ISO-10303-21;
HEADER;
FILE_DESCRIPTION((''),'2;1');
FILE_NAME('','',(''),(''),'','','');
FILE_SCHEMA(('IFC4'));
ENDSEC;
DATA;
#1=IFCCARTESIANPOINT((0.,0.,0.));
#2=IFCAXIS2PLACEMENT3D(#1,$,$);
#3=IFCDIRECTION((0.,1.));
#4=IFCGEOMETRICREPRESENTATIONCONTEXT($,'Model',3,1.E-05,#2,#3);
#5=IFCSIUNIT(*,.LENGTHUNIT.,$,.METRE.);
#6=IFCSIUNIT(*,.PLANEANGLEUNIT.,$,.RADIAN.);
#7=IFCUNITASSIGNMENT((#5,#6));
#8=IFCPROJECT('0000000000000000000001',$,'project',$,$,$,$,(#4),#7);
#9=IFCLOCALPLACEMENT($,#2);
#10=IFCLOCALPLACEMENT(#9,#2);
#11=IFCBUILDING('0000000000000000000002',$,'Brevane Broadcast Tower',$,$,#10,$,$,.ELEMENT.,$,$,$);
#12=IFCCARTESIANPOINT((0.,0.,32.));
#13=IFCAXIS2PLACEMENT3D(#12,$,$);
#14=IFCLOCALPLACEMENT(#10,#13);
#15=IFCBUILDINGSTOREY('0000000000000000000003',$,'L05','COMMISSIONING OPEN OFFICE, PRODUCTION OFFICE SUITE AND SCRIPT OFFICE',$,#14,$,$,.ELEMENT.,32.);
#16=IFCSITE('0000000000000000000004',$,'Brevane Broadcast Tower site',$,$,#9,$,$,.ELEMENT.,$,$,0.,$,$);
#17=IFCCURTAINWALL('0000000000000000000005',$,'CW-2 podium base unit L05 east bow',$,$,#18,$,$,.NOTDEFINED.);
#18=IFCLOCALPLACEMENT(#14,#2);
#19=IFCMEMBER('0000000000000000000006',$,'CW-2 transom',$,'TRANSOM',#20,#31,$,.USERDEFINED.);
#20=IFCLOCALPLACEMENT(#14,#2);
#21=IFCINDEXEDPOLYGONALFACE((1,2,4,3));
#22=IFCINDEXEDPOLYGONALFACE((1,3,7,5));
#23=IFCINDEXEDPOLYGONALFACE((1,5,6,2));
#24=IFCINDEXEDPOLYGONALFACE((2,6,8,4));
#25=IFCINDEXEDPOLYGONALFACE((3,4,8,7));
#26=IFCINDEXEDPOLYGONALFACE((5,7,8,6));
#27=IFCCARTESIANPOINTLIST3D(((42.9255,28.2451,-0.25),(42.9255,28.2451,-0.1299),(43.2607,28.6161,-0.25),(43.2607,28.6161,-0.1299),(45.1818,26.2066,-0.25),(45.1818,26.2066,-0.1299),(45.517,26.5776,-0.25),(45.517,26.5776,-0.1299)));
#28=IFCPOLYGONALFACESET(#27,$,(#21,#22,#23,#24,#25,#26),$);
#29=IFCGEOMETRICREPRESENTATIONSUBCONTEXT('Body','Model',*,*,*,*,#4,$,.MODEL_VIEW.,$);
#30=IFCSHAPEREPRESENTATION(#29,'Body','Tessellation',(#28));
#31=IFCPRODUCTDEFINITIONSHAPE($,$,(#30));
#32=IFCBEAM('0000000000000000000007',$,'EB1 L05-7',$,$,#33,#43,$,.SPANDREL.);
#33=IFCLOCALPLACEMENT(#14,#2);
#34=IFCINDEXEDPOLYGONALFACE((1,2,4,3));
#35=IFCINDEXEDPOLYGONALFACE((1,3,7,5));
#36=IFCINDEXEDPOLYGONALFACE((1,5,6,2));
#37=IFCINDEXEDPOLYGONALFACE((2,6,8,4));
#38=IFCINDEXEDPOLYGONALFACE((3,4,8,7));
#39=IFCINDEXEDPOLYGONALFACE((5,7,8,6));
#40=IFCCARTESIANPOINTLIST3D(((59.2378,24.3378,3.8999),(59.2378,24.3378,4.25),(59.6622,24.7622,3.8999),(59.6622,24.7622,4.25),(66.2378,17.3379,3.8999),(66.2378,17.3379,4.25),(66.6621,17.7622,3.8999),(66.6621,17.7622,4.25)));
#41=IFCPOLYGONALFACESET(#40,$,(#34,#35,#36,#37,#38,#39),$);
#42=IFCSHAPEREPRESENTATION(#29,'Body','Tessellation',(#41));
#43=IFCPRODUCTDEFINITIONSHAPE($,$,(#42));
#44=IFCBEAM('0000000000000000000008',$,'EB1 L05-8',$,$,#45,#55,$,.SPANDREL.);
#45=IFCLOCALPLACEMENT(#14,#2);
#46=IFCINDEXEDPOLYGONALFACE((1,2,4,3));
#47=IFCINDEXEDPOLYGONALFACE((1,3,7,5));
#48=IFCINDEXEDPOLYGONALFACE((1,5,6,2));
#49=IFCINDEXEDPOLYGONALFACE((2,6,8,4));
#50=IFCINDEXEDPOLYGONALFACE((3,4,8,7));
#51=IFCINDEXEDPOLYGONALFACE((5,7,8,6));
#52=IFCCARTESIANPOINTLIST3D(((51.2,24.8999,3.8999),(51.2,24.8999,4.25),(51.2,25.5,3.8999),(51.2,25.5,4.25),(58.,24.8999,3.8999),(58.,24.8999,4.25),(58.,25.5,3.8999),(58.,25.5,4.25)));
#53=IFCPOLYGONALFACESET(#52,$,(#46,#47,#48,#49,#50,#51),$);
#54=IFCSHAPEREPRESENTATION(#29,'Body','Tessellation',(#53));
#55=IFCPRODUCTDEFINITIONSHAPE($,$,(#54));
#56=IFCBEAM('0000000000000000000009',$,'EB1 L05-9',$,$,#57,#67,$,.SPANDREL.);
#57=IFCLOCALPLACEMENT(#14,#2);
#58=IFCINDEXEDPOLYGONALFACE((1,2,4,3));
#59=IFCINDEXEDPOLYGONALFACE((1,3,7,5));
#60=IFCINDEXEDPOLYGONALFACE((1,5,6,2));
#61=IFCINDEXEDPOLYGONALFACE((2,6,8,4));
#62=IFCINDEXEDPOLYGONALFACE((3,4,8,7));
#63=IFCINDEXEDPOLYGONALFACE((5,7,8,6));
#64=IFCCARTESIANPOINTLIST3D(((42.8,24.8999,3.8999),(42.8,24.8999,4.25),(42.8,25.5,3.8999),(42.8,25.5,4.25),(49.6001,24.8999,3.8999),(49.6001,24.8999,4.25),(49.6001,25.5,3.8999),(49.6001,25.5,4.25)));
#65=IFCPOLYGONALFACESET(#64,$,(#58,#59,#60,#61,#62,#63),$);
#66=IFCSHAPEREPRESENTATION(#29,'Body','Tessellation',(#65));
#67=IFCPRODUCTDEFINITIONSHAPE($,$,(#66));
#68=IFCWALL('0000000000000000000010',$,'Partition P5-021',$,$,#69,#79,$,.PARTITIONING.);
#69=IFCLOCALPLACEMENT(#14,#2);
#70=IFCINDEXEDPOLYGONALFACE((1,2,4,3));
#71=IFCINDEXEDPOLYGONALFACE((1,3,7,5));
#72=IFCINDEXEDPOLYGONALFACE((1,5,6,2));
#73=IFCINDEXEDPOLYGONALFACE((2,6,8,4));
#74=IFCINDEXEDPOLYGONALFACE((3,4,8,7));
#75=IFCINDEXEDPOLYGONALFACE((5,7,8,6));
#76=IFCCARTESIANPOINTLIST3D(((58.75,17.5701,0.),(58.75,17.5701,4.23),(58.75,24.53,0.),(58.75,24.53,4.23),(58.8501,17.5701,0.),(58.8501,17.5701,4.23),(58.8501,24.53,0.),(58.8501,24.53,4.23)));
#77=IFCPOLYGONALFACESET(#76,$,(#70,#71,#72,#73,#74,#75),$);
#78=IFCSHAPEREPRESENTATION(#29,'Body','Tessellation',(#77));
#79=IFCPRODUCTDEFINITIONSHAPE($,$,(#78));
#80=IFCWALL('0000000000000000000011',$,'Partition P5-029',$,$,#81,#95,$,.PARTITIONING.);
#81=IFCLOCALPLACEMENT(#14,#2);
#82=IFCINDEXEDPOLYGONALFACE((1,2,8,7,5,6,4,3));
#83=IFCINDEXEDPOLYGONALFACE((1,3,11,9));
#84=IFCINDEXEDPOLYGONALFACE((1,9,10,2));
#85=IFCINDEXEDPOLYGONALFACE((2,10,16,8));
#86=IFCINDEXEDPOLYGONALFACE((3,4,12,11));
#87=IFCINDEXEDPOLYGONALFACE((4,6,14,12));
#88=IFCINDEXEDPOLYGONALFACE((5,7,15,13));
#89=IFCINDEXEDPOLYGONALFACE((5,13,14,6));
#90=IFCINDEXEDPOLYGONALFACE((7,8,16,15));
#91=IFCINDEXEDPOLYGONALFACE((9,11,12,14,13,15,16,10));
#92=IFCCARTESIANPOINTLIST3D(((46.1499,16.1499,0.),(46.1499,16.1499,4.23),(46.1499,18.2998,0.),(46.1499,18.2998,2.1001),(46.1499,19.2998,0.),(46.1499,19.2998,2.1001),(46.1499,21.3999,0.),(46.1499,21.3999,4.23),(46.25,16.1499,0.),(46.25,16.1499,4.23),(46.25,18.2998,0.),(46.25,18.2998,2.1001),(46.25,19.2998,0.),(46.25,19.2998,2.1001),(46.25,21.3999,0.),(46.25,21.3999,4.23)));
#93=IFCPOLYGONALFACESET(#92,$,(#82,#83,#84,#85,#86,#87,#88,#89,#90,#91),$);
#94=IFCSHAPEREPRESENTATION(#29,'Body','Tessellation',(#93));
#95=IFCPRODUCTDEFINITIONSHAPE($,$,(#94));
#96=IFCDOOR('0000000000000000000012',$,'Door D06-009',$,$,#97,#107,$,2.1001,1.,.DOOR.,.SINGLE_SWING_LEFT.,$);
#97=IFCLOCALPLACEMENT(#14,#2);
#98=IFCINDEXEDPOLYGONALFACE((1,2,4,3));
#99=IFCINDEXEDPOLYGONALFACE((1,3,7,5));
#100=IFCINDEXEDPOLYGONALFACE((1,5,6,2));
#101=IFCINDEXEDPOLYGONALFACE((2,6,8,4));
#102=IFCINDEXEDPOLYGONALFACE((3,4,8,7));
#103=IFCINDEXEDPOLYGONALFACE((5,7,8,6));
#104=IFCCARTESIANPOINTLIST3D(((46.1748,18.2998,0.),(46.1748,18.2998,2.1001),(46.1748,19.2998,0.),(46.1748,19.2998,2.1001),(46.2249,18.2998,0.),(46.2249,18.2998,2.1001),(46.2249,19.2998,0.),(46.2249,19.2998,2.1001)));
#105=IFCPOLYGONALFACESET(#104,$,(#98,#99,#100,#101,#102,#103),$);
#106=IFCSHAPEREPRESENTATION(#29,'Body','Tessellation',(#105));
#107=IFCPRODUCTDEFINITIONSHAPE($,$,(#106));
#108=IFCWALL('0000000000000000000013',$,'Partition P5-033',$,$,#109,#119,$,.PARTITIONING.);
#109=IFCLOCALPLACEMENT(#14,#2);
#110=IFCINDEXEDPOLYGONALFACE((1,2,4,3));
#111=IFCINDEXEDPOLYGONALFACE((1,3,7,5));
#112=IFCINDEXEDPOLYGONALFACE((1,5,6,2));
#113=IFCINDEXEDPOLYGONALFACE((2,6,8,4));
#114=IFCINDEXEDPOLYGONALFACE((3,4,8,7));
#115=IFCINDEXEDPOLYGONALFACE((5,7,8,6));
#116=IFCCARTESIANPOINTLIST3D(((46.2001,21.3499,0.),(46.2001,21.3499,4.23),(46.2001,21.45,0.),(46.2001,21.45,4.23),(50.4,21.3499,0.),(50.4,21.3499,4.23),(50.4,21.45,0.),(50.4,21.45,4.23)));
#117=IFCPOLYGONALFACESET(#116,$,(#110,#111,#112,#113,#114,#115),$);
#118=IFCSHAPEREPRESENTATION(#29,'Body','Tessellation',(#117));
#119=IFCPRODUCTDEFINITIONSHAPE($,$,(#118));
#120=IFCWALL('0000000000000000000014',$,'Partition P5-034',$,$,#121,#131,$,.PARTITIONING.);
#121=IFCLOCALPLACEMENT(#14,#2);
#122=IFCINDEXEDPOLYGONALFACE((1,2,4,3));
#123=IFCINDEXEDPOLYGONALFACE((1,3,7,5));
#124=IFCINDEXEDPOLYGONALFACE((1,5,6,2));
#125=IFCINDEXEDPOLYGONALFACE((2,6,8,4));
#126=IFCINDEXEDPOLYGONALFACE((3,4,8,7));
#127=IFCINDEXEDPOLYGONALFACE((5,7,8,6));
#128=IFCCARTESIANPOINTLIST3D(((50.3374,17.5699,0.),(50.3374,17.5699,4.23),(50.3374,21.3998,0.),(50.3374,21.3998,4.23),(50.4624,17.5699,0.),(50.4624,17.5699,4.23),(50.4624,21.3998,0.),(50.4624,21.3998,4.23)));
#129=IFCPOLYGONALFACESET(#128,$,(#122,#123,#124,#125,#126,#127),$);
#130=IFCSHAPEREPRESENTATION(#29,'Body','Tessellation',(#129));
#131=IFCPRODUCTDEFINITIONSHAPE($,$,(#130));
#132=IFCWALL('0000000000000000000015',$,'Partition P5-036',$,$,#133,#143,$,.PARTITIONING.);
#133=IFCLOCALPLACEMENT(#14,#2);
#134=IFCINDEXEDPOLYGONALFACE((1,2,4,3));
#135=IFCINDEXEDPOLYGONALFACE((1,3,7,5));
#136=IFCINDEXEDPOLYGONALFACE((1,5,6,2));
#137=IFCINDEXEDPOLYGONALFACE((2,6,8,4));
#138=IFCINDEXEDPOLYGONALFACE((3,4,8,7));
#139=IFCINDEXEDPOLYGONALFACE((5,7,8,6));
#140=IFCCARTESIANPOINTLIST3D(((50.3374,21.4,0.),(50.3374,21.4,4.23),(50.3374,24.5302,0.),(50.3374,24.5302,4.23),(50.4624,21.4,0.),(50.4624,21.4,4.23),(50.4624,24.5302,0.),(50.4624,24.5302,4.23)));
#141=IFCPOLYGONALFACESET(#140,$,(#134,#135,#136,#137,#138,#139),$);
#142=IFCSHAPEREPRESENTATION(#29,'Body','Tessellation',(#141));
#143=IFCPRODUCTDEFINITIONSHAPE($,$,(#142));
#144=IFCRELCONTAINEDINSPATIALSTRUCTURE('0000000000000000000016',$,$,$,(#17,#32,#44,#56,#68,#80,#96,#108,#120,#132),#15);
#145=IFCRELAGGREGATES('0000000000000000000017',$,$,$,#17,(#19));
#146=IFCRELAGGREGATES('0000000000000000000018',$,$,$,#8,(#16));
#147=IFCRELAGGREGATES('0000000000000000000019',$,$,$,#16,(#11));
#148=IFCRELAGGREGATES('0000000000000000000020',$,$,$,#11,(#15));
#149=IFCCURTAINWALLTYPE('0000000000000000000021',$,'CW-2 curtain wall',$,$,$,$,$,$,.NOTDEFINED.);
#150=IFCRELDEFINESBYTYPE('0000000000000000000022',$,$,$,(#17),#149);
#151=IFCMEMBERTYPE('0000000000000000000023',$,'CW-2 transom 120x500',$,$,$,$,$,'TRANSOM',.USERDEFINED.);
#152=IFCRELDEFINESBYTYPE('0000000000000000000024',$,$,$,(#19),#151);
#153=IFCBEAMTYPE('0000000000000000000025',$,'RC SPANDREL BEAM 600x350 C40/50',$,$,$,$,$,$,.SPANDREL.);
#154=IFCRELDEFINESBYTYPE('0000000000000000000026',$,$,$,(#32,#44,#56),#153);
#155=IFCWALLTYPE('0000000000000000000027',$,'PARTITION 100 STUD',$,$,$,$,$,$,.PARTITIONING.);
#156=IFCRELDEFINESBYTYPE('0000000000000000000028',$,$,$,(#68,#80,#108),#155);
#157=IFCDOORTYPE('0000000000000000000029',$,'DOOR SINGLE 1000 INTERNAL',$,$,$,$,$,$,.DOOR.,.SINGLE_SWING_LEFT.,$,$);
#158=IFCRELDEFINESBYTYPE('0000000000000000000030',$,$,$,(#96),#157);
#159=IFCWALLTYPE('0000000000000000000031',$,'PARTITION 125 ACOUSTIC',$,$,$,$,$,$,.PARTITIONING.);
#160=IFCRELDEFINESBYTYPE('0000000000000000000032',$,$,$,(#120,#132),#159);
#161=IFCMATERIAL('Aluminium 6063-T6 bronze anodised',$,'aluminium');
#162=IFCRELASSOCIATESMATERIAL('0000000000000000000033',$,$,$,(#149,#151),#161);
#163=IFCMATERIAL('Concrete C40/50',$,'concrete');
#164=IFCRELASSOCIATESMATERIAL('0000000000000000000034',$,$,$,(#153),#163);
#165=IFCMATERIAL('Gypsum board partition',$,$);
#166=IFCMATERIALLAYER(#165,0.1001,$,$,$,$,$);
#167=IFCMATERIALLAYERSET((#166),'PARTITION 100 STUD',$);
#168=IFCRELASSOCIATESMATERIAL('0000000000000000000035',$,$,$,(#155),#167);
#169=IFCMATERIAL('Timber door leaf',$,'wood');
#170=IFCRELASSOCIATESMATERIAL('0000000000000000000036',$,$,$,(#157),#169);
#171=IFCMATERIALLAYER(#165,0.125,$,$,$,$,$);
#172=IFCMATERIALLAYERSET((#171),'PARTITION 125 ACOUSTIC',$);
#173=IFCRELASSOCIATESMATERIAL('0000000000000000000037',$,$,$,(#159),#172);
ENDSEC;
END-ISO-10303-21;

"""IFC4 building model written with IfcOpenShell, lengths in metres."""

from ifc_helpers import new_model, si_unit, direction, frame, frame_2d, origin, origin_2d, place, context, subcontext, project, spatial, rectangle, extrude, material, layer, layer_set, material_profile, profile_set, type_object, element, fill, aggregate, save


model = new_model("IFC4")

# Units and contexts
model_context = context("Model", 3, precision=1e-05, world=origin(), true_north=direction((0.0, 1.0)))
body_context = subcontext(model_context, "Body", "Model", "MODEL_VIEW")
ifc_project = project(units=[si_unit("LENGTHUNIT", "METRE"), si_unit("PLANEANGLEUNIT", "RADIAN")], contexts=[model_context])

# Site, building, storey
site_placement = place(None, origin())
site = spatial("IfcSite", under=ifc_project, at=site_placement, Name="Brevane Broadcast Tower site", CompositionType="ELEMENT", RefElevation=0.0)
building_placement = place(site_placement, origin())
building = spatial("IfcBuilding", under=site, at=building_placement, Name="Brevane Broadcast Tower", CompositionType="ELEMENT")
storey_placement = place(building_placement, frame((0.0, 0.0, 32.0)))
storey = spatial("IfcBuildingStorey", under=building, at=storey_placement, Name="L05", Description="COMMISSIONING OPEN OFFICE, PRODUCTION OFFICE SUITE AND SCRIPT OFFICE", CompositionType="ELEMENT", Elevation=32.0)

# Shared definitions
ifc_material_1 = material(Name="Aluminium 6063-T6 bronze anodised", Category="aluminium")
curtain_wall_type = type_object("IfcCurtainWallType", Name="CW-2 curtain wall", PredefinedType="NOTDEFINED", material=ifc_material_1)

# Shared definitions
ifc_material_profile_1 = material_profile(ifc_material_1, rectangle(XDim=0.5, YDim=0.1201, at=origin_2d()), Name="RECT 120x500")
ifc_profile_set_1 = profile_set([ifc_material_profile_1], Name="Aluminium 6063-T6 bronze anodised")
member_type_1 = type_object("IfcMemberType", Name="CW-2 transom 120x500", ElementType="TRANSOM", PredefinedType="USERDEFINED", material=ifc_profile_set_1)

# Curtain wall, member
curtain_wall_1_placement = place(storey_placement, origin())
curtain_wall_1 = element("IfcCurtainWall", 1, at=curtain_wall_1_placement, inside=storey, type_object=curtain_wall_type, Name="CW-2 podium base unit L05 east bow", PredefinedType="NOTDEFINED")
member_1_placement = place(storey_placement, frame((45.3494, 26.3921, -0.1899), z_axis=(-0.742007, 0.670392, 0.0), x_axis=(-0.670392, -0.742007, 0.0)))
member_1 = element("IfcMember", 2, at=member_1_placement, type_object=member_type_1, Name="CW-2 transom", ObjectType="TRANSOM", PredefinedType="USERDEFINED", context=body_context, shape_type="SweptSolid", body=[
    extrude(rectangle(XDim=0.5, YDim=0.1201, at=origin_2d()), origin(), (0.0, 0.0, 1.0), 3.0408),
])
aggregate(curtain_wall_1, [member_1])

# Beams
ifc_material_2 = material(Name="Concrete C40/50", Category="concrete")
ifc_material_profile_2 = material_profile(ifc_material_2, rectangle(XDim=0.6001, YDim=0.3501, at=origin_2d()), Name="RC 600x350")
ifc_profile_set_2 = profile_set([ifc_material_profile_2], Name="Concrete C40/50")
beam_type = type_object("IfcBeamType", Name="RC SPANDREL BEAM 600x350 C40/50", PredefinedType="SPANDREL", material=ifc_profile_set_2)
beam_placement = place(storey_placement, frame((66.45, 17.55, 4.075), z_axis=(-0.707107, 0.707107, 0.0), x_axis=(-0.707107, -0.707107, 0.0)))
element("IfcBeam", 3, at=beam_placement, inside=storey, type_object=beam_type, Name="EB1 L05-7", PredefinedType="SPANDREL", context=body_context, shape_type="SweptSolid", body=[
    extrude(rectangle(XDim=0.6001, YDim=0.3501, at=origin_2d()), origin(), (0.0, 0.0, 1.0), 9.8994),
])
for number, where, z_axis, x_axis, name in (
    (4, (58.0, 25.2, 4.075), (-1.0, 0.0, 0.0), (0.0, -1.0, 0.0), "EB1 L05-8"),
    (5, (49.6001, 25.2, 4.075), (-1.0, 0.0, 0.0), (0.0, -1.0, 0.0), "EB1 L05-9"),
):
    element("IfcBeam", number, at=place(storey_placement, frame(where, z_axis=z_axis, x_axis=x_axis)), inside=storey, type_object=beam_type, Name=name, PredefinedType="SPANDREL", context=body_context, shape_type="SweptSolid", body=[
        extrude(rectangle(XDim=0.6001, YDim=0.3501, at=origin_2d()), origin(), (0.0, 0.0, 1.0), 6.8),
    ])

# Wall
ifc_material_3 = material(Name="Gypsum board partition")
ifc_layer_1 = layer(ifc_material_3, 0.1001)
ifc_layer_set_1 = layer_set([ifc_layer_1], Name="PARTITION 100 STUD")
wall_type_1 = type_object("IfcWallType", Name="PARTITION 100 STUD", PredefinedType="PARTITIONING", material=ifc_layer_set_1)
wall_1_placement = place(storey_placement, frame((58.8, 17.5701, 0.0), z_axis=(0.0, 0.0, 1.0), x_axis=(0.0, 1.0, 0.0)))
element("IfcWall", 6, at=wall_1_placement, inside=storey, type_object=wall_type_1, Name="Partition P5-021", PredefinedType="PARTITIONING", context=body_context, shape_type="SweptSolid", body=[
    extrude(rectangle(XDim=6.96, YDim=0.1001, at=frame_2d((3.48, 0.0))), origin(), (0.0, 0.0, 1.0), 4.23),
])

# Wall, opening, door
wall_2_placement = place(storey_placement, frame((46.2, 21.3999, 0.0), z_axis=(0.0, 0.0, 1.0), x_axis=(0.0, -1.0, 0.0)))
wall_2 = element("IfcWall", 7, at=wall_2_placement, inside=storey, type_object=wall_type_1, Name="Partition P5-029", PredefinedType="PARTITIONING", context=body_context, shape_type="SweptSolid", body=[
    extrude(rectangle(XDim=5.25, YDim=0.1001, at=frame_2d((2.625, 0.0))), origin(), (0.0, 0.0, 1.0), 4.23),
])
opening_placement = place(wall_2_placement, frame((2.1001, 0.0, 0.0)))
opening = element("IfcOpeningElement", 8, at=opening_placement, cuts=wall_2, PredefinedType="OPENING", context=body_context, shape_type="SweptSolid", body=[
    extrude(rectangle(XDim=1.0, YDim=2.1001, at=frame_2d((0.5, 1.05))), frame((0.0, 0.0601, 0.0), z_axis=(0.0, -1.0, 0.0), x_axis=(1.0, 0.0, 0.0)), (0.0, 0.0, 1.0), 0.1201),
])
ifc_material_4 = material(Name="Timber door leaf", Category="wood")
door_type = type_object("IfcDoorType", Name="DOOR SINGLE 1000 INTERNAL", OperationType="SINGLE_SWING_LEFT", PredefinedType="DOOR", material=ifc_material_4)
door_placement = place(opening_placement, origin())
door = element("IfcDoor", 9, at=door_placement, inside=storey, type_object=door_type, Name="Door D06-009", OperationType="SINGLE_SWING_LEFT", OverallHeight=2.1001, OverallWidth=1.0, PredefinedType="DOOR", context=body_context, shape_type="SweptSolid", body=[
    extrude(rectangle(XDim=1.0, YDim=2.1001, at=frame_2d((0.5, 1.05))), frame((0.0, 0.0249, 0.0), z_axis=(0.0, -1.0, 0.0), x_axis=(1.0, 0.0, 0.0)), (0.0, 0.0, 1.0), 0.05),
])
fill(opening, door)

# Walls
wall_3_placement = place(storey_placement, frame((46.2, 21.3999, 0.0), z_axis=(0.0, 0.0, 1.0), x_axis=(1.0, 0.0, 0.0)))
element("IfcWall", 10, at=wall_3_placement, inside=storey, type_object=wall_type_1, Name="Partition P5-033", PredefinedType="PARTITIONING", context=body_context, shape_type="SweptSolid", body=[
    extrude(rectangle(XDim=4.2, YDim=0.1001, at=frame_2d((2.1001, 0.0))), origin(), (0.0, 0.0, 1.0), 4.23),
])
ifc_layer_2 = layer(ifc_material_3, 0.125)
ifc_layer_set_2 = layer_set([ifc_layer_2], Name="PARTITION 125 ACOUSTIC")
wall_type_2 = type_object("IfcWallType", Name="PARTITION 125 ACOUSTIC", PredefinedType="PARTITIONING", material=ifc_layer_set_2)
wall_4_placement = place(storey_placement, frame((50.3999, 21.3999, 0.0), z_axis=(0.0, 0.0, 1.0), x_axis=(0.0, -1.0, 0.0)))
element("IfcWall", 11, at=wall_4_placement, inside=storey, type_object=wall_type_2, Name="Partition P5-034", PredefinedType="PARTITIONING", context=body_context, shape_type="SweptSolid", body=[
    extrude(rectangle(XDim=3.8298, YDim=0.125, at=frame_2d((1.915, 0.0))), origin(), (0.0, 0.0, 1.0), 4.23),
])
wall_5_placement = place(storey_placement, frame((50.3999, 24.53, 0.0), z_axis=(0.0, 0.0, 1.0), x_axis=(0.0, -1.0, 0.0)))
element("IfcWall", 12, at=wall_5_placement, inside=storey, type_object=wall_type_2, Name="Partition P5-036", PredefinedType="PARTITIONING", context=body_context, shape_type="SweptSolid", body=[
    extrude(rectangle(XDim=3.1301, YDim=0.125, at=frame_2d((1.5649, 0.0))), origin(), (0.0, 0.0, 1.0), 4.23),
])

save(model, "model.ifc")
